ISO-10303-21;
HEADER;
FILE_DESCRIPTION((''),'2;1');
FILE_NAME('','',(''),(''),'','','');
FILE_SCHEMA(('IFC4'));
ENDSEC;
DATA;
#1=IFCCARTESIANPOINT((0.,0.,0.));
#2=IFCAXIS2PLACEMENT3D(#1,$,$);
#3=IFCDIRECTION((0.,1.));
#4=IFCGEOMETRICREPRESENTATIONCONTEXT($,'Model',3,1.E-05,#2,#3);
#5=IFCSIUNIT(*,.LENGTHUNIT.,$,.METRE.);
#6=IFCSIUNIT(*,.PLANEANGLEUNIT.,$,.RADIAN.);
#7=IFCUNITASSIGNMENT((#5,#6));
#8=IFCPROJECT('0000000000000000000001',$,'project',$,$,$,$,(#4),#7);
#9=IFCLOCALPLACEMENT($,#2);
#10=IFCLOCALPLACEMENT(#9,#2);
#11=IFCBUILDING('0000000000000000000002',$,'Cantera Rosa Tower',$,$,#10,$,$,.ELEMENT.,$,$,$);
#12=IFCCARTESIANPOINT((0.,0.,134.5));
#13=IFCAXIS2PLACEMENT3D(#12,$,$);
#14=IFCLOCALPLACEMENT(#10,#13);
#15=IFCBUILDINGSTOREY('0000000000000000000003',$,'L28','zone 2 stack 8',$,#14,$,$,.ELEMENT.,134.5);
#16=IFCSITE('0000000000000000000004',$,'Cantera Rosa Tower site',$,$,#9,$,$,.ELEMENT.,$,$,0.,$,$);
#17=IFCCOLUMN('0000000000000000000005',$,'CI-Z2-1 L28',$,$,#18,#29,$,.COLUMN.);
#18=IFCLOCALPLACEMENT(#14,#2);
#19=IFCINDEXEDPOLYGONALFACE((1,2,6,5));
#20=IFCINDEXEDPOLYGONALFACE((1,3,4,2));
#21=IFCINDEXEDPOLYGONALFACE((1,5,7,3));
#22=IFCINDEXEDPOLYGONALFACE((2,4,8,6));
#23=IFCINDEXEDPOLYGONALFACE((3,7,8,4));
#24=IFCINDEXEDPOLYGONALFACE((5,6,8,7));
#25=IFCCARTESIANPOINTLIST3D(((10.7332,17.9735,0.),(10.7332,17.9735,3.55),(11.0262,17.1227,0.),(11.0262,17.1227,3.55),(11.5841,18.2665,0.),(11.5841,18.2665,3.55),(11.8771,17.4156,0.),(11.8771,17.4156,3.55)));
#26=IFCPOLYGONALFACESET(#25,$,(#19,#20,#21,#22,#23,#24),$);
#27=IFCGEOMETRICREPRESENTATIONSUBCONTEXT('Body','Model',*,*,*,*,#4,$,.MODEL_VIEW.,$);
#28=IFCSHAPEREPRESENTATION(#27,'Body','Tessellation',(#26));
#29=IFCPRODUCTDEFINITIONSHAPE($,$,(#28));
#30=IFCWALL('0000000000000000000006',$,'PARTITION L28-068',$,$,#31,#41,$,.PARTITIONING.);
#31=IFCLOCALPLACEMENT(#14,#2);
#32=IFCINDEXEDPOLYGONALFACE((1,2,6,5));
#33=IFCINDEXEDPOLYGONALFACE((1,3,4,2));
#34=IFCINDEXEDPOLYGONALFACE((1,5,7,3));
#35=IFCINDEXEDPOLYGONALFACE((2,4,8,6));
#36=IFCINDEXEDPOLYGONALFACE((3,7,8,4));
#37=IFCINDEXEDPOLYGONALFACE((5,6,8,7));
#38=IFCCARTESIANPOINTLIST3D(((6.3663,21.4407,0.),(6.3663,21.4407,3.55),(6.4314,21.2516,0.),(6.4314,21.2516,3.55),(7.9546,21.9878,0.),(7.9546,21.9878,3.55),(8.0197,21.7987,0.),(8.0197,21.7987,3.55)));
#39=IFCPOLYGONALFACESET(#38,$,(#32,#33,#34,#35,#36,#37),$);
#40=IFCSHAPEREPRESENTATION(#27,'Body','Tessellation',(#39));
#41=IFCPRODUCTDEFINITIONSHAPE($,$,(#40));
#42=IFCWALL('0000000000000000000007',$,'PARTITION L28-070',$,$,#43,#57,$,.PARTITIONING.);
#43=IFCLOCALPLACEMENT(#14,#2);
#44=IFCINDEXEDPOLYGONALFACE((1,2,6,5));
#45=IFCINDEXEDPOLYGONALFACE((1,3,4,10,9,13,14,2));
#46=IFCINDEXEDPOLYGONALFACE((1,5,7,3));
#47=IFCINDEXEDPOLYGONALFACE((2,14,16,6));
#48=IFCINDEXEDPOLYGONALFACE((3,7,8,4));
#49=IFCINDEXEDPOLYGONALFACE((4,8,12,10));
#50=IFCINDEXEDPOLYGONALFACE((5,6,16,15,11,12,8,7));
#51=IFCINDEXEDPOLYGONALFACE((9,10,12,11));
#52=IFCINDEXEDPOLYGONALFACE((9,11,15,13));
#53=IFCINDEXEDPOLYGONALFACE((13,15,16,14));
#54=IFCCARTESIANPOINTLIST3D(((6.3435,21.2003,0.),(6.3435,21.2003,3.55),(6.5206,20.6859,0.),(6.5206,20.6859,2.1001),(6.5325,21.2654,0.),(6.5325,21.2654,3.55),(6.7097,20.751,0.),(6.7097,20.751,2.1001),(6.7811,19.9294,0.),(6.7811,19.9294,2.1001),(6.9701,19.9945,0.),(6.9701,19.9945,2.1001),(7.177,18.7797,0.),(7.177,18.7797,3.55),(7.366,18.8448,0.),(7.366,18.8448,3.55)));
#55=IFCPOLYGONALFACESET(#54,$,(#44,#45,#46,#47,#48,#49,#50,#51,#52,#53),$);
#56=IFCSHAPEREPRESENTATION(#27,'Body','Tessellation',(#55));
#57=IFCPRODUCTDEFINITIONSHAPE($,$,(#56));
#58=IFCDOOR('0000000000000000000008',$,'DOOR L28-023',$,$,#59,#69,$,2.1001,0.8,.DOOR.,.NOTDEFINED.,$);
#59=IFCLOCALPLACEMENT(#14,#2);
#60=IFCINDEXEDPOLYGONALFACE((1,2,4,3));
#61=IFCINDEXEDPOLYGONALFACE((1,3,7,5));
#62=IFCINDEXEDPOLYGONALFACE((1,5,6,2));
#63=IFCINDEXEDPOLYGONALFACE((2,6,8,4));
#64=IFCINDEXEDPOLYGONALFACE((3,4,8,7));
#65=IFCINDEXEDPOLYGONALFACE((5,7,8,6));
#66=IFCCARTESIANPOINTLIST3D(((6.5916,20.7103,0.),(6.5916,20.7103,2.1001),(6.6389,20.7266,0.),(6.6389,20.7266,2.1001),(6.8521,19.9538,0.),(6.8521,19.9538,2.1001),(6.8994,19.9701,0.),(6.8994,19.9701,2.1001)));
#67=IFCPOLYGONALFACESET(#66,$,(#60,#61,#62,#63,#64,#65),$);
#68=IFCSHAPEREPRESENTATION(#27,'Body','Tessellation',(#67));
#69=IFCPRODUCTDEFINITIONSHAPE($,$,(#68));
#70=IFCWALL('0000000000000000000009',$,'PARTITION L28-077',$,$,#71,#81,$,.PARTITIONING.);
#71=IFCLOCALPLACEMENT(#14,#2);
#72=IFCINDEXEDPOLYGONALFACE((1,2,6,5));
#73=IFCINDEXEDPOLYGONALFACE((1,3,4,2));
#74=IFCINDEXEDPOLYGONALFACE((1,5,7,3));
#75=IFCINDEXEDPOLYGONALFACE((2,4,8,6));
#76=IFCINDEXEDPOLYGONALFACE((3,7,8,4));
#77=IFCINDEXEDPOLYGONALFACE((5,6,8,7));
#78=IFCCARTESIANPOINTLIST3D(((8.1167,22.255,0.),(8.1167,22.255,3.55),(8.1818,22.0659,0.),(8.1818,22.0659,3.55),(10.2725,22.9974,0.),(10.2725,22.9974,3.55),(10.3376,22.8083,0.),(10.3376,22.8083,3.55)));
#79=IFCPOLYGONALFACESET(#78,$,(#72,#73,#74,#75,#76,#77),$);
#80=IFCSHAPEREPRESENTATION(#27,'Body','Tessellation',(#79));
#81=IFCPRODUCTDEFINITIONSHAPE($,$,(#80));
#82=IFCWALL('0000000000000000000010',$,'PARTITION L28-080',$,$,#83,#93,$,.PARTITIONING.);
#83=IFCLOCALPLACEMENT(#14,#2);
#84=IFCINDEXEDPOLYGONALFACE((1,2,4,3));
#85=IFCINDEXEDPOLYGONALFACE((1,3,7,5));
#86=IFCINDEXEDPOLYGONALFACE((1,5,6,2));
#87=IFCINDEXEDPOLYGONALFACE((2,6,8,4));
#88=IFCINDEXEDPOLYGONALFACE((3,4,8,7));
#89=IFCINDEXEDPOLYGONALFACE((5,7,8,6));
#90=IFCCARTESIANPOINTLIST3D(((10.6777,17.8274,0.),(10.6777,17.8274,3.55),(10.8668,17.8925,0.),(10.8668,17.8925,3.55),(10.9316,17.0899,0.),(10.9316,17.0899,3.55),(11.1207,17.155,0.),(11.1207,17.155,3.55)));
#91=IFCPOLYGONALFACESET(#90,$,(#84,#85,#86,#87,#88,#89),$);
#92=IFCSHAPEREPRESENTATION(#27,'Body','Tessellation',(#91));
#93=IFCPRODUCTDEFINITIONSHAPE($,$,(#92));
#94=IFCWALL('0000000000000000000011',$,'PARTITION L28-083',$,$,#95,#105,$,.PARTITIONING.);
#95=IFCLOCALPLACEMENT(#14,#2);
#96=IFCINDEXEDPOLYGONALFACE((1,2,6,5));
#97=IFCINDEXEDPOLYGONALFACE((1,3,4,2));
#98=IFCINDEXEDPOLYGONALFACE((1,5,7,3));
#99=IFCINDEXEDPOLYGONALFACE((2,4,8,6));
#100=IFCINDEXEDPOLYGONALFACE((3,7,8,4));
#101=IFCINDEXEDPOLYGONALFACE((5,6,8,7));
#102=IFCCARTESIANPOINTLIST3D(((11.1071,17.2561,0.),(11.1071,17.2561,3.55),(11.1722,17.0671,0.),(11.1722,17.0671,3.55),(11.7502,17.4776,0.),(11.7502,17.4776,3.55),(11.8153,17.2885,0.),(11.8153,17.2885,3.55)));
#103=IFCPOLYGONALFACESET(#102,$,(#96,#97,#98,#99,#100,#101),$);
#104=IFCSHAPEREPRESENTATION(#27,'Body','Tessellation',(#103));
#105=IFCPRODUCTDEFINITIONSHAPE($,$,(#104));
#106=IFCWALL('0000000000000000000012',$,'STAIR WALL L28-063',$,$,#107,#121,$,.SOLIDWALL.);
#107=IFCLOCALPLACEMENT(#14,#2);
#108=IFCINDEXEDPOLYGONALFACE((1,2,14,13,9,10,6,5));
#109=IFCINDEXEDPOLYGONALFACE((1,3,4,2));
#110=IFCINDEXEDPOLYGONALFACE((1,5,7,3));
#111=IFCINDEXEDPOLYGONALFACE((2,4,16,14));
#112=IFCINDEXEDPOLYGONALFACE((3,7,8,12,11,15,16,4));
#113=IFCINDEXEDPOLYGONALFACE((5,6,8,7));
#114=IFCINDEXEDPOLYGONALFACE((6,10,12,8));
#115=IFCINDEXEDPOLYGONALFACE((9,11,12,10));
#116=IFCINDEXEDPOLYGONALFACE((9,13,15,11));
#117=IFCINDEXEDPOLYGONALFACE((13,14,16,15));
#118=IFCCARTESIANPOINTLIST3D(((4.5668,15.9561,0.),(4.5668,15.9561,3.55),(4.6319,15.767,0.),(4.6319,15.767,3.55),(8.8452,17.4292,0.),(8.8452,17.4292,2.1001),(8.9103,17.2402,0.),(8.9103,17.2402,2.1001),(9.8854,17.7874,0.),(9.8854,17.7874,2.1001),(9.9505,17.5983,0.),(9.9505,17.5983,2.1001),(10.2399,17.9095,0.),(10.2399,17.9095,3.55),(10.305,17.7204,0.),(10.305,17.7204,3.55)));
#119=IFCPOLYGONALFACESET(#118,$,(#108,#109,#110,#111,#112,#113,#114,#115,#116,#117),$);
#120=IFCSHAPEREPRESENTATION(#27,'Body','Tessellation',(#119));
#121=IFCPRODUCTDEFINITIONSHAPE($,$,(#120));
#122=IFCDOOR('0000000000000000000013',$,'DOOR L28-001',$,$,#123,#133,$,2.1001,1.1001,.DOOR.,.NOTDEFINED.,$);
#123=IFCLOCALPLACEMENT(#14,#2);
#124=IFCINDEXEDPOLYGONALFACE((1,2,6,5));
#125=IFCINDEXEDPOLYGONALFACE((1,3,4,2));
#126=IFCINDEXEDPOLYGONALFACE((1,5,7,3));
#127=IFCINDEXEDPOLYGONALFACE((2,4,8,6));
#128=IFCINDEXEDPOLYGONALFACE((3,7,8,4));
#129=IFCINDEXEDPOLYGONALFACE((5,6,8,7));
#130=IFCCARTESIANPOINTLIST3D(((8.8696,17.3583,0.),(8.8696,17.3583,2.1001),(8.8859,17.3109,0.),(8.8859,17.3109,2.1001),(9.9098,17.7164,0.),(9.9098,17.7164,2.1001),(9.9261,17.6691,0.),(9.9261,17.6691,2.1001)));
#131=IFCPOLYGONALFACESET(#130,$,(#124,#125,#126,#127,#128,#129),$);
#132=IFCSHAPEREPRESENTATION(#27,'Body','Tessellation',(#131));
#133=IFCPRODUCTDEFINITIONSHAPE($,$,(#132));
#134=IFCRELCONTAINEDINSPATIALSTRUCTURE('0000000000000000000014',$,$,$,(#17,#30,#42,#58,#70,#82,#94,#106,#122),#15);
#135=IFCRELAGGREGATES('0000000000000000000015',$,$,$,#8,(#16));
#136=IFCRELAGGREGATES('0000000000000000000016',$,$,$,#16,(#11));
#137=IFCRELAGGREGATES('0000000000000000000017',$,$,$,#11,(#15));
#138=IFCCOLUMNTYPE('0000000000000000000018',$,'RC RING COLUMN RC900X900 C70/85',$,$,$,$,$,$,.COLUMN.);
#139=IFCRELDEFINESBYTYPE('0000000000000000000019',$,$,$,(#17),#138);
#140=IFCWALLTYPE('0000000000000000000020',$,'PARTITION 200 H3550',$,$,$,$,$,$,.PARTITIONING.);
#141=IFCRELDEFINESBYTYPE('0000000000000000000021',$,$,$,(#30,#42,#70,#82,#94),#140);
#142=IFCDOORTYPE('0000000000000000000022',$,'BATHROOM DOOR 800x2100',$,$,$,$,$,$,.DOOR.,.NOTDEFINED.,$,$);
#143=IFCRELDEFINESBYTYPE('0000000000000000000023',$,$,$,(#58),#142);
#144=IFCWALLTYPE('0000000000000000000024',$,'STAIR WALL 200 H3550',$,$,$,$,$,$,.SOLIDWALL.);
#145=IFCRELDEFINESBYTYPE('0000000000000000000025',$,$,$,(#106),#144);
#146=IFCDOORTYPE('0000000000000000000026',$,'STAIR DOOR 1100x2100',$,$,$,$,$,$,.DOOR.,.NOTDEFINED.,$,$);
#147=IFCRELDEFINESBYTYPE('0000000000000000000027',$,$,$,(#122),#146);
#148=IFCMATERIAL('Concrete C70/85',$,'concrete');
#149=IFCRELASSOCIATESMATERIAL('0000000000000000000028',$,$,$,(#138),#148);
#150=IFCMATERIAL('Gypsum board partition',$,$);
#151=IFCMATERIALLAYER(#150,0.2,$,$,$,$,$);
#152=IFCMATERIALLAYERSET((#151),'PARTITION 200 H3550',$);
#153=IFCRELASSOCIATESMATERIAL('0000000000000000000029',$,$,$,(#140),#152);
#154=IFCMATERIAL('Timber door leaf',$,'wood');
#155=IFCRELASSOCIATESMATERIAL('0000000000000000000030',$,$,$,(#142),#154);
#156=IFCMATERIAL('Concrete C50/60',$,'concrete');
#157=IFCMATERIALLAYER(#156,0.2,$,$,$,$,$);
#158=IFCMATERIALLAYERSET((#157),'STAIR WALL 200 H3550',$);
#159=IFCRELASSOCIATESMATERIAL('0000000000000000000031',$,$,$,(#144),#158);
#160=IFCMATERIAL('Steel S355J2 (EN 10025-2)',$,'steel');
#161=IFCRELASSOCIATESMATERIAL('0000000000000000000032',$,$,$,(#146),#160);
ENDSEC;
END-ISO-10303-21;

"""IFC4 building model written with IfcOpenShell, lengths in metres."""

from ifc_helpers import new_model, si_unit, direction, frame, frame_2d, origin, origin_2d, place, context, subcontext, project, spatial, rectangle, extrude, material, layer, layer_set, material_profile, profile_set, type_object, element, fill, save


model = new_model("IFC4")

# Units and contexts
model_context = context("Model", 3, precision=1e-05, world=origin(), true_north=direction((0.0, 1.0)))
body_context = subcontext(model_context, "Body", "Model", "MODEL_VIEW")
ifc_project = project(units=[si_unit("LENGTHUNIT", "METRE"), si_unit("PLANEANGLEUNIT", "RADIAN")], contexts=[model_context])

# Site, building, storey
site_placement = place(None, origin())
site = spatial("IfcSite", under=ifc_project, at=site_placement, Name="Cantera Rosa Tower site", CompositionType="ELEMENT", RefElevation=0.0)
building_placement = place(site_placement, origin())
building = spatial("IfcBuilding", under=site, at=building_placement, Name="Cantera Rosa Tower", CompositionType="ELEMENT")
storey_placement = place(building_placement, frame((0.0, 0.0, 134.5)))
storey = spatial("IfcBuildingStorey", under=building, at=storey_placement, Name="L28", Description="zone 2 stack 8", CompositionType="ELEMENT", Elevation=134.5)

# Column
ifc_material_1 = material(Name="Concrete C70/85", Category="concrete")
ifc_material_profile = material_profile(ifc_material_1, rectangle(XDim=0.8999, YDim=0.8999, at=origin_2d()), Name="RC RING COLUMN RC900X900 C70/85")
ifc_profile_set = profile_set([ifc_material_profile], Name="Concrete C70/85")
column_type = type_object("IfcColumnType", Name="RC RING COLUMN RC900X900 C70/85", PredefinedType="COLUMN", material=ifc_profile_set)
column_placement = place(storey_placement, frame((11.3052, 17.6946, 0.0), z_axis=(0.0, 0.0, 1.0), x_axis=(0.945519, 0.325568, 0.0)))
element("IfcColumn", 1, at=column_placement, inside=storey, type_object=column_type, Name="CI-Z2-1 L28", PredefinedType="COLUMN", context=body_context, shape_type="SweptSolid", body=[
    extrude(rectangle(XDim=0.8999, YDim=0.8999, at=origin_2d()), origin(), (0.0, 0.0, 1.0), 3.55),
])

# Wall
ifc_material_2 = material(Name="Gypsum board partition")
ifc_layer_1 = layer(ifc_material_2, 0.2)
ifc_layer_set_1 = layer_set([ifc_layer_1], Name="PARTITION 200 H3550")
wall_type_1 = type_object("IfcWallType", Name="PARTITION 200 H3550", PredefinedType="PARTITIONING", material=ifc_layer_set_1)
wall_1_placement = place(storey_placement, frame((6.3989, 21.3462, 0.0), z_axis=(0.0, 0.0, 1.0), x_axis=(0.945483, 0.325673, 0.0)))
element("IfcWall", 2, at=wall_1_placement, inside=storey, type_object=wall_type_1, Name="PARTITION L28-068", PredefinedType="PARTITIONING", context=body_context, shape_type="SweptSolid", body=[
    extrude(rectangle(XDim=1.6799, YDim=0.2, at=frame_2d((0.8398, 0.0))), origin(), (0.0, 0.0, 1.0), 3.55),
])

# Wall, opening, door
wall_2_placement = place(storey_placement, frame((7.2715, 18.8123, 0.0), z_axis=(0.0, 0.0, 1.0), x_axis=(-0.325567, 0.945519, 0.0)))
wall_2 = element("IfcWall", 3, at=wall_2_placement, inside=storey, type_object=wall_type_1, Name="PARTITION L28-070", PredefinedType="PARTITIONING", context=body_context, shape_type="SweptSolid", body=[
    extrude(rectangle(XDim=2.5601, YDim=0.2, at=frame_2d((1.28, 0.0))), origin(), (0.0, 0.0, 1.0), 3.55),
])
opening_1_placement = place(wall_2_placement, frame((1.2161, 0.0, 0.0)))
opening_1 = element("IfcOpeningElement", 4, at=opening_1_placement, cuts=wall_2, PredefinedType="OPENING", context=body_context, shape_type="SweptSolid", body=[
    extrude(rectangle(XDim=0.8, YDim=2.1001, at=frame_2d((0.3999, 1.05))), frame((0.0, 0.1099, 0.0), z_axis=(0.0, -1.0, 0.0), x_axis=(1.0, 0.0, 0.0)), (0.0, 0.0, 1.0), 0.22),
])
ifc_material_3 = material(Name="Timber door leaf", Category="wood")
door_type_1 = type_object("IfcDoorType", Name="BATHROOM DOOR 800x2100", OperationType="NOTDEFINED", PredefinedType="DOOR", material=ifc_material_3)
door_1_placement = place(opening_1_placement, origin())
door_1 = element("IfcDoor", 5, at=door_1_placement, inside=storey, type_object=door_type_1, Name="DOOR L28-023", OperationType="NOTDEFINED", OverallHeight=2.1001, OverallWidth=0.8, PredefinedType="DOOR", context=body_context, shape_type="SweptSolid", body=[
    extrude(rectangle(XDim=0.8, YDim=2.1001, at=frame_2d((0.3999, 1.05))), frame((0.0, 0.0249, 0.0), z_axis=(0.0, -1.0, 0.0), x_axis=(1.0, 0.0, 0.0)), (0.0, 0.0, 1.0), 0.05),
])
fill(opening_1, door_1)

# Walls
wall_3_placement = place(storey_placement, frame((8.1492, 22.1604, 0.0), z_axis=(0.0, 0.0, 1.0), x_axis=(0.945499, 0.325624, 0.0)))
element("IfcWall", 6, at=wall_3_placement, inside=storey, type_object=wall_type_1, Name="PARTITION L28-077", PredefinedType="PARTITIONING", context=body_context, shape_type="SweptSolid", body=[
    extrude(rectangle(XDim=2.28, YDim=0.2, at=frame_2d((1.1401, 0.0))), origin(), (0.0, 0.0, 1.0), 3.55),
])
wall_4_placement = place(storey_placement, frame((10.7722, 17.8601, 0.0), z_axis=(0.0, 0.0, 1.0), x_axis=(0.325508, -0.945539, 0.0)))
element("IfcWall", 7, at=wall_4_placement, inside=storey, type_object=wall_type_1, Name="PARTITION L28-080", PredefinedType="PARTITIONING", context=body_context, shape_type="SweptSolid", body=[
    extrude(rectangle(XDim=0.78, YDim=0.2, at=frame_2d((0.3901, 0.0))), origin(), (0.0, 0.0, 1.0), 3.55),
])
wall_5_placement = place(storey_placement, frame((11.1396, 17.1616, 0.0), z_axis=(0.0, 0.0, 1.0), x_axis=(0.945514, 0.325581, 0.0)))
element("IfcWall", 8, at=wall_5_placement, inside=storey, type_object=wall_type_1, Name="PARTITION L28-083", PredefinedType="PARTITIONING", context=body_context, shape_type="SweptSolid", body=[
    extrude(rectangle(XDim=0.6802, YDim=0.2, at=frame_2d((0.3401, 0.0))), origin(), (0.0, 0.0, 1.0), 3.55),
])

# Wall, opening, door
ifc_material_4 = material(Name="Concrete C50/60", Category="concrete")
ifc_layer_2 = layer(ifc_material_4, 0.2)
ifc_layer_set_2 = layer_set([ifc_layer_2], Name="STAIR WALL 200 H3550")
wall_type_2 = type_object("IfcWallType", Name="STAIR WALL 200 H3550", PredefinedType="SOLIDWALL", material=ifc_layer_set_2)
wall_6_placement = place(storey_placement, frame((4.5994, 15.8616, 0.0), z_axis=(0.0, 0.0, 1.0), x_axis=(0.94552, 0.325563, 0.0)))
wall_6 = element("IfcWall", 9, at=wall_6_placement, inside=storey, type_object=wall_type_2, Name="STAIR WALL L28-063", PredefinedType="SOLIDWALL", context=body_context, shape_type="SweptSolid", body=[
    extrude(rectangle(XDim=6.0, YDim=0.2, at=frame_2d((3.0, 0.0))), origin(), (0.0, 0.0, 1.0), 3.55),
])
opening_2_placement = place(wall_6_placement, frame((4.5249, 0.0, 0.0)))
opening_2 = element("IfcOpeningElement", 10, at=opening_2_placement, cuts=wall_6, PredefinedType="OPENING", context=body_context, shape_type="SweptSolid", body=[
    extrude(rectangle(XDim=1.1001, YDim=2.1001, at=frame_2d((0.55, 1.05))), frame((0.0, 0.1099, 0.0), z_axis=(0.0, -1.0, 0.0), x_axis=(1.0, 0.0, 0.0)), (0.0, 0.0, 1.0), 0.22),
])
ifc_material_5 = material(Name="Steel S355J2 (EN 10025-2)", Category="steel")
door_type_2 = type_object("IfcDoorType", Name="STAIR DOOR 1100x2100", OperationType="NOTDEFINED", PredefinedType="DOOR", material=ifc_material_5)
door_2_placement = place(opening_2_placement, origin())
door_2 = element("IfcDoor", 11, at=door_2_placement, inside=storey, type_object=door_type_2, Name="DOOR L28-001", OperationType="NOTDEFINED", OverallHeight=2.1001, OverallWidth=1.1001, PredefinedType="DOOR", context=body_context, shape_type="SweptSolid", body=[
    extrude(rectangle(XDim=1.1001, YDim=2.1001, at=frame_2d((0.55, 1.05))), frame((0.0, 0.0249, 0.0), z_axis=(0.0, -1.0, 0.0), x_axis=(1.0, 0.0, 0.0)), (0.0, 0.0, 1.0), 0.05),
])
fill(opening_2, door_2)

save(model, "model.ifc")
